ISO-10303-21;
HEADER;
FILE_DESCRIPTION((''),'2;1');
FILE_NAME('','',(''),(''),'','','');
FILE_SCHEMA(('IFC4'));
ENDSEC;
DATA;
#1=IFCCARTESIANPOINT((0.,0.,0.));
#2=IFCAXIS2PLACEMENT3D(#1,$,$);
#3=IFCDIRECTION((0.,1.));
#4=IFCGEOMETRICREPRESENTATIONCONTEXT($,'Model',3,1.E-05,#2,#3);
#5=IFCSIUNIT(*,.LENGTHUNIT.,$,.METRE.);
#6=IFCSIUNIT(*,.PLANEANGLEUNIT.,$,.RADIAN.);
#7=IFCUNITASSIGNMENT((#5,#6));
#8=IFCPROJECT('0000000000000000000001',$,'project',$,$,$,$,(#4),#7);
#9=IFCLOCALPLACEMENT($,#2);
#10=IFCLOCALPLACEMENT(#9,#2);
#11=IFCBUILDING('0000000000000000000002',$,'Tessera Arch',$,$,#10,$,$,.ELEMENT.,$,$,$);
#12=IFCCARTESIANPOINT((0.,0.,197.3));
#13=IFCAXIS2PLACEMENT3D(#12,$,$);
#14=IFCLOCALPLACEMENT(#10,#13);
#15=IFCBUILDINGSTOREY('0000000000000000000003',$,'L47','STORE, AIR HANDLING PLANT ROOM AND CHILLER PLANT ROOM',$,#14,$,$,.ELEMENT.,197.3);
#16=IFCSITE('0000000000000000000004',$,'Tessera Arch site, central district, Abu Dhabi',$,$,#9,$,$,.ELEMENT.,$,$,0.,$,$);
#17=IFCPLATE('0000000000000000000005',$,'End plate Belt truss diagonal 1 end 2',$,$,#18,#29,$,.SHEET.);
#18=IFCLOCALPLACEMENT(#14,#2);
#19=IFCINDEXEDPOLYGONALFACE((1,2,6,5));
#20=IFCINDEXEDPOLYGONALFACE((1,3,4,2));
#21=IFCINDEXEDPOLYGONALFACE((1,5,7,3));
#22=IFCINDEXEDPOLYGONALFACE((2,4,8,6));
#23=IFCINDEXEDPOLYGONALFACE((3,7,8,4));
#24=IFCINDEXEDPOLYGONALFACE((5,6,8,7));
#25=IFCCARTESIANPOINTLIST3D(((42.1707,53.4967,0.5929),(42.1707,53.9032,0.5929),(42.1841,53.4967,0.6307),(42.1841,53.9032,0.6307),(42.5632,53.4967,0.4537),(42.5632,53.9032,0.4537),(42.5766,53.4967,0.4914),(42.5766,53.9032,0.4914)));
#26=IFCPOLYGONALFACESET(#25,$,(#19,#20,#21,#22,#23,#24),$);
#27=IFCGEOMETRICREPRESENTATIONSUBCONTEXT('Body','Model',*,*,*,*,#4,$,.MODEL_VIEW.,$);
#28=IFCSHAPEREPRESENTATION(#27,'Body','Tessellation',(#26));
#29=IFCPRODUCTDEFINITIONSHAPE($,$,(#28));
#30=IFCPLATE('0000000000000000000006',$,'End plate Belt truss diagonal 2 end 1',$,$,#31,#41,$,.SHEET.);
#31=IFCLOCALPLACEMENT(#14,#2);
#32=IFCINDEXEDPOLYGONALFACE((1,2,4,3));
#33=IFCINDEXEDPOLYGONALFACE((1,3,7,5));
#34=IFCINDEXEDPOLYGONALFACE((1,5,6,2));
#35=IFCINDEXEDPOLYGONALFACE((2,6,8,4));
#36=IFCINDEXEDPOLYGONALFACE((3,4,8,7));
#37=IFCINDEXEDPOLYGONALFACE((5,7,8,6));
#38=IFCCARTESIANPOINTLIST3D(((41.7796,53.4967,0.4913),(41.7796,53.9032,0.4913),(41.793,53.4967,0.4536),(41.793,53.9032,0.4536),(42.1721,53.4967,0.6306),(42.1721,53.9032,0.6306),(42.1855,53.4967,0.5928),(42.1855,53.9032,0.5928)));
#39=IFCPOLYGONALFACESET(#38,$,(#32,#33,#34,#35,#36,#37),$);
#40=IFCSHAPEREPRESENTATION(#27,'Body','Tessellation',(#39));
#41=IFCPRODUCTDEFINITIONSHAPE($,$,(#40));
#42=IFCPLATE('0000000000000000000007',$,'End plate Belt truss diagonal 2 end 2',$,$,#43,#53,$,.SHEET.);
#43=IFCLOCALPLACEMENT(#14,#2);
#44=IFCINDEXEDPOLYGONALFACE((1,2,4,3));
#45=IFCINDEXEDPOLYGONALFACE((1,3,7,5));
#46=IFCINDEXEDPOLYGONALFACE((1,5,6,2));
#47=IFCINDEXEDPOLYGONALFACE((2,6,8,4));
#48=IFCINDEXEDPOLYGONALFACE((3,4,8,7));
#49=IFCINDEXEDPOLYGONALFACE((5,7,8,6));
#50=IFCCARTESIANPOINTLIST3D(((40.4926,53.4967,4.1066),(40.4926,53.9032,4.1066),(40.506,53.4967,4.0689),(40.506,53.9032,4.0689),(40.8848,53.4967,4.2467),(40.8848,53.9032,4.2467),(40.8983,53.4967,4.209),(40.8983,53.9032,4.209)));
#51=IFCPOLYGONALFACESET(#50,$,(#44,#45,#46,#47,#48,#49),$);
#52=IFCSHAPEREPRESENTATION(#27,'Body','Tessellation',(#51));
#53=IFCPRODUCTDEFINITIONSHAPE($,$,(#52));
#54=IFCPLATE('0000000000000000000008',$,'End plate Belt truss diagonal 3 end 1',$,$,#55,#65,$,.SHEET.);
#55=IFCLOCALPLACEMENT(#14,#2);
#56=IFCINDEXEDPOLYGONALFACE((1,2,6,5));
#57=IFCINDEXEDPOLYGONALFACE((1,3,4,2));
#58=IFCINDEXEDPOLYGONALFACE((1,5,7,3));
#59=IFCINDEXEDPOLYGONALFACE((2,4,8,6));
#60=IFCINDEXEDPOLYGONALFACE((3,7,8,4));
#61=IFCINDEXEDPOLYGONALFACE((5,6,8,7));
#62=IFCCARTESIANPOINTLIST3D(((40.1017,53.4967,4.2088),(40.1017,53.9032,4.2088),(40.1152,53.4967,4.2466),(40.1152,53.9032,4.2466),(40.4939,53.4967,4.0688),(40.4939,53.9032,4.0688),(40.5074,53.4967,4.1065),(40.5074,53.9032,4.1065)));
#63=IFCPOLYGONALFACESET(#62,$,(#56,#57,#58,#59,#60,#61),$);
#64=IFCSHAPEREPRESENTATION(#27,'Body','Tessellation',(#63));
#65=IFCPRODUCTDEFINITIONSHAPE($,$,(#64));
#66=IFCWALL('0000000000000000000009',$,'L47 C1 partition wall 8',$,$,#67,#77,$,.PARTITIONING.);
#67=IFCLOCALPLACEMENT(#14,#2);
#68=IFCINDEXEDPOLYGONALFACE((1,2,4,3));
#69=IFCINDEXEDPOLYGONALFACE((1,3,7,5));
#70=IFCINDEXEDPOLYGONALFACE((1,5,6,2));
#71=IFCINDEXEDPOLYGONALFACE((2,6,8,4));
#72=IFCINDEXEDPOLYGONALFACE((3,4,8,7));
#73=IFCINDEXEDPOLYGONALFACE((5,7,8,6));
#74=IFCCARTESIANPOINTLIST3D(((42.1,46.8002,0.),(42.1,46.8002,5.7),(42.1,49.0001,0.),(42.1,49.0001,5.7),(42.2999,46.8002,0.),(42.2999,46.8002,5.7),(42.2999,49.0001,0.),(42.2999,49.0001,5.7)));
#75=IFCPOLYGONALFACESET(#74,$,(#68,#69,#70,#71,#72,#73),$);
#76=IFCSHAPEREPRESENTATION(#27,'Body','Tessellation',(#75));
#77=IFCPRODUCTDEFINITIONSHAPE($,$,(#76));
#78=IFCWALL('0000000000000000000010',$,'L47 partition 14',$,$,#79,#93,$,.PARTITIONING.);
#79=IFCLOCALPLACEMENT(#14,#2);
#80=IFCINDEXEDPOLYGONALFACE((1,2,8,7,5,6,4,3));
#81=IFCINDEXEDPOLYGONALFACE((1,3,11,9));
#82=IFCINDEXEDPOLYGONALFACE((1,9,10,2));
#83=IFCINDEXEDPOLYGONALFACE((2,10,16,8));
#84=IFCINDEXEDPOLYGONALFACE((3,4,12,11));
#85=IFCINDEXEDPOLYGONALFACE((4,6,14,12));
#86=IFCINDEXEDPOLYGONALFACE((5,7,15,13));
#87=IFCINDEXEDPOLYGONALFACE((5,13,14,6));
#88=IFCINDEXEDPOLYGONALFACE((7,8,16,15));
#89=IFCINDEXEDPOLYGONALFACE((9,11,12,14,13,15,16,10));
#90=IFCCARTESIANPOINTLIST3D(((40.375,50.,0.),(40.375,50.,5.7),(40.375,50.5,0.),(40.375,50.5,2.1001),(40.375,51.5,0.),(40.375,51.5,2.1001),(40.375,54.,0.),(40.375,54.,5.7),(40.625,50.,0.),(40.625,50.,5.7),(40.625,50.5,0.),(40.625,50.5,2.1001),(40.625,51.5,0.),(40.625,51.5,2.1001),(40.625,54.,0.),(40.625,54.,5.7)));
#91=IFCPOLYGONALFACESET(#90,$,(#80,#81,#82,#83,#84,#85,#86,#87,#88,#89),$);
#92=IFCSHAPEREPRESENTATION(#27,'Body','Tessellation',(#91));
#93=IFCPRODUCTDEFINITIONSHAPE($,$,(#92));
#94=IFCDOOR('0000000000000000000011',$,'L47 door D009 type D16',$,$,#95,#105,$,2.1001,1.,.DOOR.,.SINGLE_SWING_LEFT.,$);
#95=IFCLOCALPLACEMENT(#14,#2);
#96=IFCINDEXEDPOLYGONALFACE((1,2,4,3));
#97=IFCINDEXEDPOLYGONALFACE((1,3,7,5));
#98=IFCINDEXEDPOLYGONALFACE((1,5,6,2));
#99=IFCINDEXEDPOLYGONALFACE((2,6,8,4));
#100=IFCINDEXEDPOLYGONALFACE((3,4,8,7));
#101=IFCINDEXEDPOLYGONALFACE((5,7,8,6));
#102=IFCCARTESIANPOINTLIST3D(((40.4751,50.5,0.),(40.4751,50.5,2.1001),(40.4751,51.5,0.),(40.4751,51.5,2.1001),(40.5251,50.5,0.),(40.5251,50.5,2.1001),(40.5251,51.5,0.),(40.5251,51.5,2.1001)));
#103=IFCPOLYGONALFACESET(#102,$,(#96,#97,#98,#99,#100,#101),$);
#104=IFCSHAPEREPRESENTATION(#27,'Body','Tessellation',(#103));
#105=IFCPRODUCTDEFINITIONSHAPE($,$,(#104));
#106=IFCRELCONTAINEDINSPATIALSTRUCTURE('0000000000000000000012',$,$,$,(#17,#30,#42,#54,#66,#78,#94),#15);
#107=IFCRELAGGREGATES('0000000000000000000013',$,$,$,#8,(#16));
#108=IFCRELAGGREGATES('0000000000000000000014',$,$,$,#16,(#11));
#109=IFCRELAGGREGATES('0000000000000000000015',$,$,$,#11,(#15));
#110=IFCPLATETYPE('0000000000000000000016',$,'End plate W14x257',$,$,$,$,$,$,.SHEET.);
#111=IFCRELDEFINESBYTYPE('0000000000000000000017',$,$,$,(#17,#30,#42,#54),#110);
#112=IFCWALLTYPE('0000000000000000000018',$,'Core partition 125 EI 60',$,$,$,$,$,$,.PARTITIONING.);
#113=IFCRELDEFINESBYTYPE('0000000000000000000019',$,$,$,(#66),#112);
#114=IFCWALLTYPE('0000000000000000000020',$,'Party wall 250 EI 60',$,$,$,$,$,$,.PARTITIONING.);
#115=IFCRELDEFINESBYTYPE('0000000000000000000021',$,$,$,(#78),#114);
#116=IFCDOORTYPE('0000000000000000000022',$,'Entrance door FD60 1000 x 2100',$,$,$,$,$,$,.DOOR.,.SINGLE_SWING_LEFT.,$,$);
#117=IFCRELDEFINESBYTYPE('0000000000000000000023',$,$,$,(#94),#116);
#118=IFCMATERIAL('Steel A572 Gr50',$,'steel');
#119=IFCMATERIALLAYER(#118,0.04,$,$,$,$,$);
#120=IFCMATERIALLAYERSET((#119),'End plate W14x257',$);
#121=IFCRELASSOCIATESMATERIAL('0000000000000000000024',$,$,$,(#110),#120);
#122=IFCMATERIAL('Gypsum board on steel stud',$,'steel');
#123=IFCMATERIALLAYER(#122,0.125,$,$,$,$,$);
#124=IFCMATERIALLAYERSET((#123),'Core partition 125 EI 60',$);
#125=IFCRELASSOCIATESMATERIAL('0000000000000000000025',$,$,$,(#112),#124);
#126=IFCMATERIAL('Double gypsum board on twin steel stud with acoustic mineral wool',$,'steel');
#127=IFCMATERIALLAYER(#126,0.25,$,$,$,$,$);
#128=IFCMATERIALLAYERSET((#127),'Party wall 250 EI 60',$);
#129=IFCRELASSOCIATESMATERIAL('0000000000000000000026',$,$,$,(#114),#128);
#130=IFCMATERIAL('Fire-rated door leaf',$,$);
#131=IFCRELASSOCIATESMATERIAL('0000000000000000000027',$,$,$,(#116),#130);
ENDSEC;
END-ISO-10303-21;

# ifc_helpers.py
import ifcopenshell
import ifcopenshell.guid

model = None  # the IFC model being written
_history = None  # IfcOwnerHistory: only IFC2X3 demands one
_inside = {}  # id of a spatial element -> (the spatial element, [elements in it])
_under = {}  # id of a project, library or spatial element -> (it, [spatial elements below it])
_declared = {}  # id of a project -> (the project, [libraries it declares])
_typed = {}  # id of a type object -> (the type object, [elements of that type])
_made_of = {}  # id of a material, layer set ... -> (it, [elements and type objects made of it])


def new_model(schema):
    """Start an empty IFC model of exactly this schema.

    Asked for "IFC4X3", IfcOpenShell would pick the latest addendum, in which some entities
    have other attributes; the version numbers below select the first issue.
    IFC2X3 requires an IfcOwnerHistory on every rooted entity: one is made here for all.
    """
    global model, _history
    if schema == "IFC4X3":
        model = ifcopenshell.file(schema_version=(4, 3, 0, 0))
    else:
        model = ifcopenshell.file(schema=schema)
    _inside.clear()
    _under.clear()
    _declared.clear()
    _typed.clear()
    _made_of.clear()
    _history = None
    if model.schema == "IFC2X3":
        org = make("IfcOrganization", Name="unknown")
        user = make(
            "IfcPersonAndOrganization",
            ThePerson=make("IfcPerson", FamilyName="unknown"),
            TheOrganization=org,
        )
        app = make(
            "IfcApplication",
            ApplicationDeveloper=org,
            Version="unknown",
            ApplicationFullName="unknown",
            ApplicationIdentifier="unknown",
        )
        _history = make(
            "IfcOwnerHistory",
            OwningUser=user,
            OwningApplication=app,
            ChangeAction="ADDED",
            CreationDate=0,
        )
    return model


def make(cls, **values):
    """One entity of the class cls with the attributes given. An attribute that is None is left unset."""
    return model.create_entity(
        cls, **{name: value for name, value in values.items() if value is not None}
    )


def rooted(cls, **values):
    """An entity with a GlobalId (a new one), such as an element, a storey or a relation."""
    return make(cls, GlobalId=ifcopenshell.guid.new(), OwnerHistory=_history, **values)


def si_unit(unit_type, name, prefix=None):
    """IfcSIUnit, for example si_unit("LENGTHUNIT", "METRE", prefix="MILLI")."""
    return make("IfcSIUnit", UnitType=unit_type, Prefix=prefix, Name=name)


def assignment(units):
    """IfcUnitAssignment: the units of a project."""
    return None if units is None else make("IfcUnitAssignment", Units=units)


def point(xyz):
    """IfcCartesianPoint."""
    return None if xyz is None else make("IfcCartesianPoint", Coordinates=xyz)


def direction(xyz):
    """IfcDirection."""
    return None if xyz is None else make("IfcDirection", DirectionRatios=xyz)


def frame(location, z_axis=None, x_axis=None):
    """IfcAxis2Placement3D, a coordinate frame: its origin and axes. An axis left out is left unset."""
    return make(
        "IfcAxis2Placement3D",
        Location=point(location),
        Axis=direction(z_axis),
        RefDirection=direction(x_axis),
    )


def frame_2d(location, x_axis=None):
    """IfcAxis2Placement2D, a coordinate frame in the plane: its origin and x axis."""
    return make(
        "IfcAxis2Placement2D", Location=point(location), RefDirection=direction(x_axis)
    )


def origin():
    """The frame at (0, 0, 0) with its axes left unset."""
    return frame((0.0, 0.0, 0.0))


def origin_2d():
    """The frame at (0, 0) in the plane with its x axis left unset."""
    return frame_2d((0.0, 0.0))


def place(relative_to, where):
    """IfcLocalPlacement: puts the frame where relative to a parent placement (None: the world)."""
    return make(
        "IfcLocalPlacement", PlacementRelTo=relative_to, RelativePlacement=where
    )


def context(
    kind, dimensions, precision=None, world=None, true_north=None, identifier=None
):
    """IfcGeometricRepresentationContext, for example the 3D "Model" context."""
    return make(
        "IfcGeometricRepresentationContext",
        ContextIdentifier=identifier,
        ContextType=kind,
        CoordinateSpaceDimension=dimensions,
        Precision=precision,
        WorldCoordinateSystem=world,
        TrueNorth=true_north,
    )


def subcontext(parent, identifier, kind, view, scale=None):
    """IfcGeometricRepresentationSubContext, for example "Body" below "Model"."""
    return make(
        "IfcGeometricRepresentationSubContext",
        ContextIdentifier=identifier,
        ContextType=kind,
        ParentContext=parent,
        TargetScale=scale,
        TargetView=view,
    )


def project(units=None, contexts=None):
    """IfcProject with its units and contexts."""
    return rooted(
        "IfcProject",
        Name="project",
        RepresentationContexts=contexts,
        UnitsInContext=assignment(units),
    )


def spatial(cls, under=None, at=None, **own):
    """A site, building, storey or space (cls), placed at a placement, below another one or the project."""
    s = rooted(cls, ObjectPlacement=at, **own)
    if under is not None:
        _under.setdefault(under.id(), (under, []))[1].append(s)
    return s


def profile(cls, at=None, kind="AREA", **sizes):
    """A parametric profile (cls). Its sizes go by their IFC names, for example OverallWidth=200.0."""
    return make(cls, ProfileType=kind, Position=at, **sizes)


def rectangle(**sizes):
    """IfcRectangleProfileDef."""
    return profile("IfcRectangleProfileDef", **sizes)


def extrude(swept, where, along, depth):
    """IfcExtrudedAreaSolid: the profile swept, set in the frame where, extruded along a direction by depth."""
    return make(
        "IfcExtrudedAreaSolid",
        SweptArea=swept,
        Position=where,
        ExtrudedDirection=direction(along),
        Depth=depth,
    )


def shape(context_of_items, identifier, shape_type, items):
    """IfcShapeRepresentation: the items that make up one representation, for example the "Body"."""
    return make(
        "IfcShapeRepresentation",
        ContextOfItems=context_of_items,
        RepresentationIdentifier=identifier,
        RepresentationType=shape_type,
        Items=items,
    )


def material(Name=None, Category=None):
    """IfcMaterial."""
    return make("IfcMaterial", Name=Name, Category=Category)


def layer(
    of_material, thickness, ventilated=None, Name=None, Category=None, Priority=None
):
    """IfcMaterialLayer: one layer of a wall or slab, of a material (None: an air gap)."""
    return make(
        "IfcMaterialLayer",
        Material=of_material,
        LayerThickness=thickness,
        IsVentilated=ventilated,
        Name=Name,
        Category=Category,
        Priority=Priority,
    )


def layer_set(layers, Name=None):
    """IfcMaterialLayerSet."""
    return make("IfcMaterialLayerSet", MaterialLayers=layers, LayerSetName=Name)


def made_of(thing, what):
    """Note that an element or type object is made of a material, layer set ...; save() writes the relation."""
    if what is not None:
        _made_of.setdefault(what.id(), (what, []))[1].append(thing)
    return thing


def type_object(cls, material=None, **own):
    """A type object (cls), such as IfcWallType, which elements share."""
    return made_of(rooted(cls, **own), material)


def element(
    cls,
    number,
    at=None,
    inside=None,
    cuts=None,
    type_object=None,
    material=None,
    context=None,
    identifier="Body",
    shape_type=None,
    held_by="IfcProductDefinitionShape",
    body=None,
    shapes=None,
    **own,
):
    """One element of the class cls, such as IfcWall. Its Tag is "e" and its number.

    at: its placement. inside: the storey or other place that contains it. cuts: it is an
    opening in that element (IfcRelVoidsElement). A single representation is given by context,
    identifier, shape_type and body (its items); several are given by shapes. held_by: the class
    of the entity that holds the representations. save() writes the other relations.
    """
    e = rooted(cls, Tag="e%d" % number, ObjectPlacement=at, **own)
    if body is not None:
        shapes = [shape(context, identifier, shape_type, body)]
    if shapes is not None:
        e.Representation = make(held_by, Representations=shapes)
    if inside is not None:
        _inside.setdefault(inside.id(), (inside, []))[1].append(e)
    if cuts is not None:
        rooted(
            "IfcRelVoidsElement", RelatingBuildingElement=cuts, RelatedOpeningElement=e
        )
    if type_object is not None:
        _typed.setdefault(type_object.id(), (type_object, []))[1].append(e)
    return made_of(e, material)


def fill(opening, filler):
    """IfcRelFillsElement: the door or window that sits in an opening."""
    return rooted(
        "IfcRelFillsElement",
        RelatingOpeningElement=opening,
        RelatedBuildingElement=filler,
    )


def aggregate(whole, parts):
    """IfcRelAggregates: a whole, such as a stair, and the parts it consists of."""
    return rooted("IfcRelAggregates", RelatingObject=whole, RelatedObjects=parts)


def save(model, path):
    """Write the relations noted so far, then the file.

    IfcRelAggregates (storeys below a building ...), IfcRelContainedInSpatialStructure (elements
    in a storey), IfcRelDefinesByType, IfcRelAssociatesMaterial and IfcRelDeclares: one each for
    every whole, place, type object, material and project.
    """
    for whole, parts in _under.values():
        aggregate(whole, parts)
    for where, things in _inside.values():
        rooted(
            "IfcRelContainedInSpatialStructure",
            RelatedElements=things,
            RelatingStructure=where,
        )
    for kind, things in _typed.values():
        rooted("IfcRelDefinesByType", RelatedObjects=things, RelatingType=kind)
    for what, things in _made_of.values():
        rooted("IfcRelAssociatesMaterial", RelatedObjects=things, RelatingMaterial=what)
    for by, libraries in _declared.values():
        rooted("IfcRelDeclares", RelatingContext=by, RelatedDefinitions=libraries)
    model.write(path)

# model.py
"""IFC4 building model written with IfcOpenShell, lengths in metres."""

from ifc_helpers import new_model, si_unit, direction, frame, frame_2d, origin, origin_2d, place, context, subcontext, project, spatial, rectangle, extrude, material, layer, layer_set, type_object, element, fill, save


model = new_model("IFC4")

# Units and contexts
model_context = context("Model", 3, precision=1e-05, world=origin(), true_north=direction((0.0, 1.0)))
body_context = subcontext(model_context, "Body", "Model", "MODEL_VIEW")
ifc_project = project(units=[si_unit("LENGTHUNIT", "METRE"), si_unit("PLANEANGLEUNIT", "RADIAN")], contexts=[model_context])

# Site, building, storey
site_placement = place(None, origin())
site = spatial("IfcSite", under=ifc_project, at=site_placement, Name="Tessera Arch site, central district, Abu Dhabi", CompositionType="ELEMENT", RefElevation=0.0)
building_placement = place(site_placement, origin())
building = spatial("IfcBuilding", under=site, at=building_placement, Name="Tessera Arch", CompositionType="ELEMENT")
storey_placement = place(building_placement, frame((0.0, 0.0, 197.3)))
storey = spatial("IfcBuildingStorey", under=building, at=storey_placement, Name="L47", Description="STORE, AIR HANDLING PLANT ROOM AND CHILLER PLANT ROOM", CompositionType="ELEMENT", Elevation=197.3)

# Plates
ifc_material_1 = material(Name="Steel A572 Gr50", Category="steel")
ifc_layer_1 = layer(ifc_material_1, 0.04)
ifc_layer_set_1 = layer_set([ifc_layer_1], Name="End plate W14x257")
plate_type_1 = type_object("IfcPlateType", Name="End plate W14x257", PredefinedType="SHEET", material=ifc_layer_set_1)
for number, where, z_axis, x_axis, name in (
    (1, (42.3804, 53.7, 0.561), (-0.33441, 0.0, -0.942428), (0.0, -1.0, 0.0), "End plate Belt truss diagonal 1 end 2"),
    (2, (41.9893, 53.7, 0.5232), (-0.33441, 0.0, 0.942428), (0.0, -1.0, 0.0), "End plate Belt truss diagonal 2 end 1"),
    (3, (40.7021, 53.7, 4.1389), (-0.336336, 0.0, 0.941742), (0.0, -1.0, 0.0), "End plate Belt truss diagonal 2 end 2"),
    (4, (40.3113, 53.7, 4.1765), (-0.336336, 0.0, -0.941742), (0.0, -1.0, 0.0), "End plate Belt truss diagonal 3 end 1"),
):
    element("IfcPlate", number, at=place(storey_placement, frame(where, z_axis=z_axis, x_axis=x_axis)), inside=storey, type_object=plate_type_1, Name=name, PredefinedType="SHEET", context=body_context, shape_type="SweptSolid", body=[
        extrude(rectangle(XDim=0.4065, YDim=0.4165, at=origin_2d()), origin(), (0.0, 0.0, 1.0), 0.04),
    ])

# Wall
ifc_material_2 = material(Name="Gypsum board on steel stud", Category="steel")
ifc_layer_2 = layer(ifc_material_2, 0.125)
ifc_layer_set_2 = layer_set([ifc_layer_2], Name="Core partition 125 EI 60")
wall_type_1 = type_object("IfcWallType", Name="Core partition 125 EI 60", PredefinedType="PARTITIONING", material=ifc_layer_set_2)
wall_1_placement = place(storey_placement, frame((42.2, 46.8, 0.0), z_axis=(0.0, 0.0, 1.0), x_axis=(0.0, 1.0, 0.0)))
element("IfcWall", 5, at=wall_1_placement, inside=storey, type_object=wall_type_1, Name="L47 C1 partition wall 8", PredefinedType="PARTITIONING", context=body_context, shape_type="SweptSolid", body=[
    extrude(rectangle(XDim=2.2, YDim=0.2, at=frame_2d((1.1001, 0.0))), origin(), (0.0, 0.0, 1.0), 5.7),
])

# Wall, opening, door
ifc_material_3 = material(Name="Double gypsum board on twin steel stud with acoustic mineral wool", Category="steel")
ifc_layer_3 = layer(ifc_material_3, 0.25)
ifc_layer_set_3 = layer_set([ifc_layer_3], Name="Party wall 250 EI 60")
wall_type_2 = type_object("IfcWallType", Name="Party wall 250 EI 60", PredefinedType="PARTITIONING", material=ifc_layer_set_3)
wall_2_placement = place(storey_placement, frame((40.5, 50.0, 0.0), z_axis=(0.0, 0.0, 1.0), x_axis=(0.0, 1.0, 0.0)))
wall_2 = element("IfcWall", 6, at=wall_2_placement, inside=storey, type_object=wall_type_2, Name="L47 partition 14", PredefinedType="PARTITIONING", context=body_context, shape_type="SweptSolid", body=[
    extrude(rectangle(XDim=4.0, YDim=0.25, at=frame_2d((2.0, 0.0))), origin(), (0.0, 0.0, 1.0), 5.7),
])
opening_placement = place(wall_2_placement, frame((0.5, 0.0, 0.0)))
opening = element("IfcOpeningElement", 7, at=opening_placement, cuts=wall_2, PredefinedType="OPENING", context=body_context, shape_type="SweptSolid", body=[
    extrude(rectangle(XDim=1.0, YDim=2.1001, at=frame_2d((0.5, 1.05))), frame((0.0, 0.135, 0.0), z_axis=(0.0, -1.0, 0.0), x_axis=(1.0, 0.0, 0.0)), (0.0, 0.0, 1.0), 0.27),
])
ifc_material_4 = material(Name="Fire-rated door leaf")
door_type = type_object("IfcDoorType", Name="Entrance door FD60 1000 x 2100", OperationType="SINGLE_SWING_LEFT", PredefinedType="DOOR", material=ifc_material_4)
door_placement = place(opening_placement, origin())
door = element("IfcDoor", 8, at=door_placement, inside=storey, type_object=door_type, Name="L47 door D009 type D16", OperationType="SINGLE_SWING_LEFT", OverallHeight=2.1001, OverallWidth=1.0, PredefinedType="DOOR", context=body_context, shape_type="SweptSolid", body=[
    extrude(rectangle(XDim=1.0, YDim=2.1001, at=frame_2d((0.5, 1.05))), frame((0.0, 0.0249, 0.0), z_axis=(0.0, -1.0, 0.0), x_axis=(1.0, 0.0, 0.0)), (0.0, 0.0, 1.0), 0.05),
])
fill(opening, door)

save(model, "model.ifc")
